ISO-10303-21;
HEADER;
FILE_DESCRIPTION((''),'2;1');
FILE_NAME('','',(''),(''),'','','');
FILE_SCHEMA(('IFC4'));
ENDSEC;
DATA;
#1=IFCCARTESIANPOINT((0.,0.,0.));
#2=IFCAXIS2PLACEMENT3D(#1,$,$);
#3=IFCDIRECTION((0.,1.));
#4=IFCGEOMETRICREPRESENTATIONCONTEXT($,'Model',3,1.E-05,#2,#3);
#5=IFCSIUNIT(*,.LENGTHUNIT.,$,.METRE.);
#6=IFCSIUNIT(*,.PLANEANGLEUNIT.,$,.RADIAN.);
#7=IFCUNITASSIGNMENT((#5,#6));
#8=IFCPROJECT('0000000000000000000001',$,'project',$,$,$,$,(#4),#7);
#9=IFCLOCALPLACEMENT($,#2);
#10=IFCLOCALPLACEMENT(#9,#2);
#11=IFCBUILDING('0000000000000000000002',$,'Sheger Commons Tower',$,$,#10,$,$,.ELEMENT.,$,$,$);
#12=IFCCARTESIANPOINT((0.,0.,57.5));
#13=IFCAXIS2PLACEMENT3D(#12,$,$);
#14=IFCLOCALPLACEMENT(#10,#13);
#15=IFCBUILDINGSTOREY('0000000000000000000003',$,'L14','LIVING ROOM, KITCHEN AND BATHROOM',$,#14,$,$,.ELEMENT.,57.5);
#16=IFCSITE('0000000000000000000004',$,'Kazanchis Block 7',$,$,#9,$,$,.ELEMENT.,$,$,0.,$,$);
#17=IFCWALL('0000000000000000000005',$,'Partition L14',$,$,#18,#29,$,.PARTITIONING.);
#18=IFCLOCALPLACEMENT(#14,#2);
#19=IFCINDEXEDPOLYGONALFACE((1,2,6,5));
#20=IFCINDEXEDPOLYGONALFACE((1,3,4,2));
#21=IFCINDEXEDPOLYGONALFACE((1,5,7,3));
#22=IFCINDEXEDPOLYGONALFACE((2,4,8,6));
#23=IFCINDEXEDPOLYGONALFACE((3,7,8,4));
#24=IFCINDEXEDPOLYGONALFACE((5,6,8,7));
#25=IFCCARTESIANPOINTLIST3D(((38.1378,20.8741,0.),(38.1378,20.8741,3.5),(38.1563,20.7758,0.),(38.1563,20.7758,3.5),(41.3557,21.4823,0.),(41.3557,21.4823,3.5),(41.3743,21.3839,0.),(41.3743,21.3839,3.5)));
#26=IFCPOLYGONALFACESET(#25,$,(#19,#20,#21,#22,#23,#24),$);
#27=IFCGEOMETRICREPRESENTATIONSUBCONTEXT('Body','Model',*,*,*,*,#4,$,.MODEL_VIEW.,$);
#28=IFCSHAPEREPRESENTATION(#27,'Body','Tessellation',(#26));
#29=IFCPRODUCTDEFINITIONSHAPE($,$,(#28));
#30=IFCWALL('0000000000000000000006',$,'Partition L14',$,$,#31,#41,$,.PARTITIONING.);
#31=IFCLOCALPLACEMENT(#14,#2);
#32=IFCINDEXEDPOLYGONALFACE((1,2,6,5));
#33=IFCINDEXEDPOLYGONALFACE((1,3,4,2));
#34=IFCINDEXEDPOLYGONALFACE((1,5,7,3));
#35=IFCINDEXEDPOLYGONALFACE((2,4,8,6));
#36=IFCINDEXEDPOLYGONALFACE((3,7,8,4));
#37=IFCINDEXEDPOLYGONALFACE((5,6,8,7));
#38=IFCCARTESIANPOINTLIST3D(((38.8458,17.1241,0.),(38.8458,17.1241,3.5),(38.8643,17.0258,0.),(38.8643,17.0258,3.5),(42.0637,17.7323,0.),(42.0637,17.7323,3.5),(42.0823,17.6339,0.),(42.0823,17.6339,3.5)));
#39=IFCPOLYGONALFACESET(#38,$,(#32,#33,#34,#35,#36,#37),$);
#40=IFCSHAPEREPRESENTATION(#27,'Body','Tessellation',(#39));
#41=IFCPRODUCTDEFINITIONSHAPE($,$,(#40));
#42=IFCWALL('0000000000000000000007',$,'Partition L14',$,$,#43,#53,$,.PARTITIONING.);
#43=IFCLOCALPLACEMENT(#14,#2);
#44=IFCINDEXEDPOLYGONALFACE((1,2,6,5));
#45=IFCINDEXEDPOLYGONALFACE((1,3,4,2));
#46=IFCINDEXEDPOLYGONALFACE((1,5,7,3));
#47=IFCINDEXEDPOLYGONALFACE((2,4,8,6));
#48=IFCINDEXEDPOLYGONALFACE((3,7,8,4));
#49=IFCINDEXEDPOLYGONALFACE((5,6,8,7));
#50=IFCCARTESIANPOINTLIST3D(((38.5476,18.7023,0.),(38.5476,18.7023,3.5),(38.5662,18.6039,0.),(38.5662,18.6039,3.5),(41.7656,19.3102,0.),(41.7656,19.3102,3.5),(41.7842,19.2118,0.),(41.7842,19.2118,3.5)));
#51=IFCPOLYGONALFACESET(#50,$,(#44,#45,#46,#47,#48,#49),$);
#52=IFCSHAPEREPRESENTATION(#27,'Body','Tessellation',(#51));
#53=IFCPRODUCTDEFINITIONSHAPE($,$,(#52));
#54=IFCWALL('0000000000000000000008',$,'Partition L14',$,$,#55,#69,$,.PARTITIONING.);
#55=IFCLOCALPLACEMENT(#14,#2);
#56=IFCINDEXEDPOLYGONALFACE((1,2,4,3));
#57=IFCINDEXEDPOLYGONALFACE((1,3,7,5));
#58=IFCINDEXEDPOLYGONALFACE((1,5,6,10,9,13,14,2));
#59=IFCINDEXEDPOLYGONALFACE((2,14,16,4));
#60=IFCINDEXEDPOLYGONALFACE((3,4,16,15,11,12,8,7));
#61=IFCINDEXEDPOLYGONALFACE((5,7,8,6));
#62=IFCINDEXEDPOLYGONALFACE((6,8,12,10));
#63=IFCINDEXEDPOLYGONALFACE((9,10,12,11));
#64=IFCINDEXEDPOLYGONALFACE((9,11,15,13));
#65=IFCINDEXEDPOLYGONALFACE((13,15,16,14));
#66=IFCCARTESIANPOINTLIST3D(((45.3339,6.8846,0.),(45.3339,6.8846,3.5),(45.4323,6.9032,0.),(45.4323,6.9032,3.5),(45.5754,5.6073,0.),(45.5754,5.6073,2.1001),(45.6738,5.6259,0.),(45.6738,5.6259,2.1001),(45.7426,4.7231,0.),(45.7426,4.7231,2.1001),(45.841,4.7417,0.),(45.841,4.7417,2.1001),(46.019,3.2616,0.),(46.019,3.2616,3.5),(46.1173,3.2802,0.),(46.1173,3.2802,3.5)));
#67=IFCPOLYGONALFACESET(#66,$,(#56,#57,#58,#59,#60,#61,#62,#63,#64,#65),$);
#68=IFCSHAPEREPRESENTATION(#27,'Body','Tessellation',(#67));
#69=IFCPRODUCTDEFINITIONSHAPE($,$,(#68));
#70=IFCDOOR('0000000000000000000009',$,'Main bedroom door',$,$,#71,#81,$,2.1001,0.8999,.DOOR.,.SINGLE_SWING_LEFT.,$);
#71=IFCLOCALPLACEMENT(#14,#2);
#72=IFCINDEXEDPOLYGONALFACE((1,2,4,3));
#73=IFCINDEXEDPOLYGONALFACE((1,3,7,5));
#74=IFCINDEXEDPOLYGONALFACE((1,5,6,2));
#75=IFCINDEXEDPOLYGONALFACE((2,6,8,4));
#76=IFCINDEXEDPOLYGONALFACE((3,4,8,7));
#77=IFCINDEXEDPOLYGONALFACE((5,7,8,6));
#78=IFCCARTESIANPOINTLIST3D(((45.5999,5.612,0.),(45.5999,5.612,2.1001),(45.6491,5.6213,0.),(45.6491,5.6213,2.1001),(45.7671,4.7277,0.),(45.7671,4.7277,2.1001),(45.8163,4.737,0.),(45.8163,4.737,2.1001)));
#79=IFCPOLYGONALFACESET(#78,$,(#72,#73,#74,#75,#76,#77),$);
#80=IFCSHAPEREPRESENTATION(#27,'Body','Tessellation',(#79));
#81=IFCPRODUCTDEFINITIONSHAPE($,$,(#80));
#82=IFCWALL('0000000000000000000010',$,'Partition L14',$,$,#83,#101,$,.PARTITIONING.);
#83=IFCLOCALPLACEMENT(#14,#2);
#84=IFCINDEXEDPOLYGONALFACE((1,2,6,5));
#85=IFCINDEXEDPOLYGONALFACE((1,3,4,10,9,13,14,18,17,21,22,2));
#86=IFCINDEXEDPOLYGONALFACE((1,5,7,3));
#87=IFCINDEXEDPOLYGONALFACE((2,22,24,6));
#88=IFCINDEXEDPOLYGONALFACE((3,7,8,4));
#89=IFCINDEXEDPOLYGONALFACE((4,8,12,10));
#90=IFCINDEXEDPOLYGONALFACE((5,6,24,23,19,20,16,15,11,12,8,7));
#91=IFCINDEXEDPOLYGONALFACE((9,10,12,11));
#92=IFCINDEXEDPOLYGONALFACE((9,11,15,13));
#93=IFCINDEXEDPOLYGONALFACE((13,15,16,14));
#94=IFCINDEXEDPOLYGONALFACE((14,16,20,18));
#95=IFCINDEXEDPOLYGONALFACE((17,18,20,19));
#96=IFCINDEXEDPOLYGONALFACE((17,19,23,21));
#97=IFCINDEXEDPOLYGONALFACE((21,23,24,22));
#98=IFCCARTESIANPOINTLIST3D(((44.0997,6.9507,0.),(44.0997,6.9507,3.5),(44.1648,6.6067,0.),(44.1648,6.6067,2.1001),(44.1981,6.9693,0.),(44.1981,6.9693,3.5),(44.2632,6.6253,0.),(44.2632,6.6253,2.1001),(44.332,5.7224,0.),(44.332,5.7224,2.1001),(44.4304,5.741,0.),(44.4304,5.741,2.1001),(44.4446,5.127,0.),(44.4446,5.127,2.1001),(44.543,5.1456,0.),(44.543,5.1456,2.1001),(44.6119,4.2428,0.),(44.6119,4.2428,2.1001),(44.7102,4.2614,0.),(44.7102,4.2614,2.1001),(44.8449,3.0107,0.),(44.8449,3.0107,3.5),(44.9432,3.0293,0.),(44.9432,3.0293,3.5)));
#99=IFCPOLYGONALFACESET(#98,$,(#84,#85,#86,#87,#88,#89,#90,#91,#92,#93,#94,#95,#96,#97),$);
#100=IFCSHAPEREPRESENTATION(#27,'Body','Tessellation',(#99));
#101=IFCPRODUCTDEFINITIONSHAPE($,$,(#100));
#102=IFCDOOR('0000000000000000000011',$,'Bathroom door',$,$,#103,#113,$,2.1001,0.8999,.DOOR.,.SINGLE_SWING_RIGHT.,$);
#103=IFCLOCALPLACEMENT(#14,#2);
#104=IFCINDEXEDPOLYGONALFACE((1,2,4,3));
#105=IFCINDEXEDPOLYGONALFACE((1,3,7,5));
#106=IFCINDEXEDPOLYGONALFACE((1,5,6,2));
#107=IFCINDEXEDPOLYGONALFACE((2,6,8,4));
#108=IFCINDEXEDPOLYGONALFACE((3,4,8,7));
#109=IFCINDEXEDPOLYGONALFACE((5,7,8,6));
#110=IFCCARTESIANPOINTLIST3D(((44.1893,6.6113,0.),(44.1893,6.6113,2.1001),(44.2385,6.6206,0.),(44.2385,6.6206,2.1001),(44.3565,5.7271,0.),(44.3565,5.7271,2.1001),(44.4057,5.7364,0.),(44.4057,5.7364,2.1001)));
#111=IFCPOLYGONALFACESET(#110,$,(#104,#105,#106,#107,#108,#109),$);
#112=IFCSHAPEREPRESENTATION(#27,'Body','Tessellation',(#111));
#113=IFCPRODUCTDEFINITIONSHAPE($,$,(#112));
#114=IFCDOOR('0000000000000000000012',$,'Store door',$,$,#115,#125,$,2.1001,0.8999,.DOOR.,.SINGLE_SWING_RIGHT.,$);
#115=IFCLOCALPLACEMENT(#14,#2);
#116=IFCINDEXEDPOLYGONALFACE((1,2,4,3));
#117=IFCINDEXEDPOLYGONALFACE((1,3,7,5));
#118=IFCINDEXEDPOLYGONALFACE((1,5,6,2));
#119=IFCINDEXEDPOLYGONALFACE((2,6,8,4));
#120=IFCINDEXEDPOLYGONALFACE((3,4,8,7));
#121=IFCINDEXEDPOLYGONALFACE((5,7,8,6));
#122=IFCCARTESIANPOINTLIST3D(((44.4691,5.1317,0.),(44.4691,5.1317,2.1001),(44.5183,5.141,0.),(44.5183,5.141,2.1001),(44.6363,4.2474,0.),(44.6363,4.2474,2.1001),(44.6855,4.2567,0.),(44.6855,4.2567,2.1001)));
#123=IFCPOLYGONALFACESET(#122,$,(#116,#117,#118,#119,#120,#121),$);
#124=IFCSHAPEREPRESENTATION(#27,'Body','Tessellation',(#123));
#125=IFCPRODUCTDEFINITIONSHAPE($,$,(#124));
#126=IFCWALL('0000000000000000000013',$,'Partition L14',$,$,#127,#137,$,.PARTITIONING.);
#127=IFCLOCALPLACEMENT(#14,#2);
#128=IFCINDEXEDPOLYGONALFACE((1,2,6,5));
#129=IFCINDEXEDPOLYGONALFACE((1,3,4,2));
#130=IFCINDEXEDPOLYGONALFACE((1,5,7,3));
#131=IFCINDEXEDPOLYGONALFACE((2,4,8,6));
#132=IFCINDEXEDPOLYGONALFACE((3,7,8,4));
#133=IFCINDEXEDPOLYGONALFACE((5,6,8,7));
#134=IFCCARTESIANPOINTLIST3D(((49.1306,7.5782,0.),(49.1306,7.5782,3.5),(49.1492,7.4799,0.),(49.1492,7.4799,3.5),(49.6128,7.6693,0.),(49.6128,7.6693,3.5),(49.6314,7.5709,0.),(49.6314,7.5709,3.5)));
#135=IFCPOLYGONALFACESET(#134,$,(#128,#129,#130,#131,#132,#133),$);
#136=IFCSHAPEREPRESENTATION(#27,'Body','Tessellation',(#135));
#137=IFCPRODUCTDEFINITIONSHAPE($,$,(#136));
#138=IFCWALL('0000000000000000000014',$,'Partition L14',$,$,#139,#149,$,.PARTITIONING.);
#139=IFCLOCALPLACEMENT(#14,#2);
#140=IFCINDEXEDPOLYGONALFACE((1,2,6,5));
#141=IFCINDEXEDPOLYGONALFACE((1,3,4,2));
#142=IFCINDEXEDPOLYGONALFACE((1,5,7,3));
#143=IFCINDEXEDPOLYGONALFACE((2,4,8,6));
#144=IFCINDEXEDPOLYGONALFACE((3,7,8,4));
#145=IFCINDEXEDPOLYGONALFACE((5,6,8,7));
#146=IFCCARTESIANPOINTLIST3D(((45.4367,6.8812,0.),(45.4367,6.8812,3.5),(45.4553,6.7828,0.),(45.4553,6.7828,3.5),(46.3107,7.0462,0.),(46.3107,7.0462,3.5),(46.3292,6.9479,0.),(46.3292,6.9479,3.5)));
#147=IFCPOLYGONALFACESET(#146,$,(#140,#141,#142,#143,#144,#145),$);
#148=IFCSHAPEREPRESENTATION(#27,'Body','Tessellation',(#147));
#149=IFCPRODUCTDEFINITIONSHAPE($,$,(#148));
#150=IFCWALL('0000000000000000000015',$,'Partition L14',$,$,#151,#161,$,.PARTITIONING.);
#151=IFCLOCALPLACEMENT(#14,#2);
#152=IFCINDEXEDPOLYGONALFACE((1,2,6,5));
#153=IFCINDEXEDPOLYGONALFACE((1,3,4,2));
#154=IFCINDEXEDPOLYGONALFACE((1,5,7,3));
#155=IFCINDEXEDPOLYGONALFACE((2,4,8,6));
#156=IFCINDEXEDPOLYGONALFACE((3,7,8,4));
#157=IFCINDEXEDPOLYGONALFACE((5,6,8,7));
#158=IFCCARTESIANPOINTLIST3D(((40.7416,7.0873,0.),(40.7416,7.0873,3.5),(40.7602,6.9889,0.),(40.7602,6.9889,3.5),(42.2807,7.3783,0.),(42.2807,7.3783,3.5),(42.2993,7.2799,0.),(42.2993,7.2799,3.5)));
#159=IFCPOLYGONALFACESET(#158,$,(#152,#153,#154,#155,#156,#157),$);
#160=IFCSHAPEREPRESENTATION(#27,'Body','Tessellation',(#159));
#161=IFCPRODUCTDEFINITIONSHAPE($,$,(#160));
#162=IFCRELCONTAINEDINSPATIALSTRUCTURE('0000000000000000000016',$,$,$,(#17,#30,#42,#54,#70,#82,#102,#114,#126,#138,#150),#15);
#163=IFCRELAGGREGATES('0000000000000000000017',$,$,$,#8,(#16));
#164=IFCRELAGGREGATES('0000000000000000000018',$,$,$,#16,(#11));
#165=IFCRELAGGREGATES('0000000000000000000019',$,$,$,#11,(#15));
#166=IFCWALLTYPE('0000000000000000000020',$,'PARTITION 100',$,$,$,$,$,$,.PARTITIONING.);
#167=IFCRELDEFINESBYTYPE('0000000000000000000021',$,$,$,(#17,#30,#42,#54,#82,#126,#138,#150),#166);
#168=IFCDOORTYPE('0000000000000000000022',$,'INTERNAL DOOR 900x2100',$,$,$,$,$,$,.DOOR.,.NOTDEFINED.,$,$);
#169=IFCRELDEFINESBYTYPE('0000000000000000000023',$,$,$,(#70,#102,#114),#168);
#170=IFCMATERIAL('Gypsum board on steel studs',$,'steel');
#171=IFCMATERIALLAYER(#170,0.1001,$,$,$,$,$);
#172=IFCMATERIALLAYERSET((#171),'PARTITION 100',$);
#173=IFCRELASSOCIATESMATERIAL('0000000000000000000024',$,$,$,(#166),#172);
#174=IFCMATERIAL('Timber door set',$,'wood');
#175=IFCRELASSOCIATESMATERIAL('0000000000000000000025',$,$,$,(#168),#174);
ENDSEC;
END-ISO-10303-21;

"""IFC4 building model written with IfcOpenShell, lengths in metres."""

from ifc_helpers import new_model, si_unit, direction, frame, frame_2d, origin, place, context, subcontext, project, spatial, rectangle, extrude, material, layer, layer_set, type_object, element, fill, save


model = new_model("IFC4")

# Units and contexts
model_context = context("Model", 3, precision=1e-05, world=origin(), true_north=direction((0.0, 1.0)))
body_context = subcontext(model_context, "Body", "Model", "MODEL_VIEW")
ifc_project = project(units=[si_unit("LENGTHUNIT", "METRE"), si_unit("PLANEANGLEUNIT", "RADIAN")], contexts=[model_context])

# Site, building, storey
site_placement = place(None, origin())
site = spatial("IfcSite", under=ifc_project, at=site_placement, Name="Kazanchis Block 7", CompositionType="ELEMENT", RefElevation=0.0)
building_placement = place(site_placement, origin())
building = spatial("IfcBuilding", under=site, at=building_placement, Name="Sheger Commons Tower", CompositionType="ELEMENT")
storey_placement = place(building_placement, frame((0.0, 0.0, 57.5)))
storey = spatial("IfcBuildingStorey", under=building, at=storey_placement, Name="L14", Description="LIVING ROOM, KITCHEN AND BATHROOM", CompositionType="ELEMENT", Elevation=57.5)

# Walls
ifc_material_1 = material(Name="Gypsum board on steel studs", Category="steel")
ifc_layer_1 = layer(ifc_material_1, 0.1001)
ifc_layer_set_1 = layer_set([ifc_layer_1], Name="PARTITION 100")
wall_type_1 = type_object("IfcWallType", Name="PARTITION 100", PredefinedType="PARTITIONING", material=ifc_layer_set_1)
for number, where, z_axis, x_axis, name in (
    (1, (41.365, 21.4331, 0.0), (0.0, 0.0, 1.0), (-0.982607, -0.185697, 0.0), "Partition L14"),
    (2, (42.073, 17.6831, 0.0), (0.0, 0.0, 1.0), (-0.982607, -0.185697, 0.0), "Partition L14"),
    (3, (41.7749, 19.261, 0.0), (0.0, 0.0, 1.0), (-0.982621, -0.185625, 0.0), "Partition L14"),
):
    element("IfcWall", number, at=place(storey_placement, frame(where, z_axis=z_axis, x_axis=x_axis)), inside=storey, type_object=wall_type_1, Name=name, PredefinedType="PARTITIONING", context=body_context, shape_type="SweptSolid", body=[
        extrude(rectangle(XDim=3.2749, YDim=0.1001, at=frame_2d((1.6375, 0.0))), origin(), (0.0, 0.0, 1.0), 3.5),
    ])

# Wall, opening, door
wall_1_placement = place(storey_placement, frame((45.3831, 6.894, 0.0), z_axis=(0.0, 0.0, 1.0), x_axis=(0.185791, -0.982589, 0.0)))
wall_1 = element("IfcWall", 4, at=wall_1_placement, inside=storey, type_object=wall_type_1, Name="Partition L14", PredefinedType="PARTITIONING", context=body_context, shape_type="SweptSolid", body=[
    extrude(rectangle(XDim=3.6873, YDim=0.1001, at=frame_2d((1.8438, 0.0))), origin(), (0.0, 0.0, 1.0), 3.5),
])
opening_1_placement = place(wall_1_placement, frame((1.3, 0.0, 0.0)))
opening_1 = element("IfcOpeningElement", 5, at=opening_1_placement, cuts=wall_1, PredefinedType="OPENING", context=body_context, shape_type="SweptSolid", body=[
    extrude(rectangle(XDim=0.8999, YDim=2.1001, at=frame_2d((0.45, 1.05))), frame((0.0, 0.0601, 0.0), z_axis=(0.0, -1.0, 0.0), x_axis=(1.0, 0.0, 0.0)), (0.0, 0.0, 1.0), 0.1201),
])
ifc_material_2 = material(Name="Timber door set", Category="wood")
door_type_1 = type_object("IfcDoorType", Name="INTERNAL DOOR 900x2100", OperationType="NOTDEFINED", PredefinedType="DOOR", material=ifc_material_2)
door_1_placement = place(opening_1_placement, origin())
door_1 = element("IfcDoor", 6, at=door_1_placement, inside=storey, type_object=door_type_1, Name="Main bedroom door", OperationType="SINGLE_SWING_LEFT", OverallHeight=2.1001, OverallWidth=0.8999, PredefinedType="DOOR", context=body_context, shape_type="SweptSolid", body=[
    extrude(rectangle(XDim=0.8999, YDim=2.1001, at=frame_2d((0.45, 1.05))), frame((0.0, 0.0249, 0.0), z_axis=(0.0, -1.0, 0.0), x_axis=(1.0, 0.0, 0.0)), (0.0, 0.0, 1.0), 0.05),
])
fill(opening_1, door_1)

# Wall, openings, doors
wall_2_placement = place(storey_placement, frame((44.1489, 6.96, 0.0), z_axis=(0.0, 0.0, 1.0), x_axis=(0.185825, -0.982583, 0.0)))
wall_2 = element("IfcWall", 7, at=wall_2_placement, inside=storey, type_object=wall_type_1, Name="Partition L14", PredefinedType="PARTITIONING", context=body_context, shape_type="SweptSolid", body=[
    extrude(rectangle(XDim=4.0098, YDim=0.1001, at=frame_2d((2.0049, 0.0))), origin(), (0.0, 0.0, 1.0), 3.5),
])
opening_2_placement = place(wall_2_placement, frame((0.3501, 0.0, 0.0)))
opening_2 = element("IfcOpeningElement", 8, at=opening_2_placement, cuts=wall_2, PredefinedType="OPENING", context=body_context, shape_type="SweptSolid", body=[
    extrude(rectangle(XDim=0.8999, YDim=2.1001, at=frame_2d((0.45, 1.05))), frame((0.0, 0.0601, 0.0), z_axis=(0.0, -1.0, 0.0), x_axis=(1.0, 0.0, 0.0)), (0.0, 0.0, 1.0), 0.1201),
])
opening_3_placement = place(wall_2_placement, frame((1.856, 0.0, 0.0)))
opening_3 = element("IfcOpeningElement", 9, at=opening_3_placement, cuts=wall_2, PredefinedType="OPENING", context=body_context, shape_type="SweptSolid", body=[
    extrude(rectangle(XDim=0.8999, YDim=2.1001, at=frame_2d((0.45, 1.05))), frame((0.0, 0.0601, 0.0), z_axis=(0.0, -1.0, 0.0), x_axis=(1.0, 0.0, 0.0)), (0.0, 0.0, 1.0), 0.1201),
])
door_2_placement = place(opening_2_placement, origin())
door_2 = element("IfcDoor", 10, at=door_2_placement, inside=storey, type_object=door_type_1, Name="Bathroom door", OperationType="SINGLE_SWING_RIGHT", OverallHeight=2.1001, OverallWidth=0.8999, PredefinedType="DOOR", context=body_context, shape_type="SweptSolid", body=[
    extrude(rectangle(XDim=0.8999, YDim=2.1001, at=frame_2d((0.45, 1.05))), frame((0.0, 0.0249, 0.0), z_axis=(0.0, -1.0, 0.0), x_axis=(1.0, 0.0, 0.0)), (0.0, 0.0, 1.0), 0.05),
])
fill(opening_2, door_2)
door_3_placement = place(opening_3_placement, origin())
door_3 = element("IfcDoor", 11, at=door_3_placement, inside=storey, type_object=door_type_1, Name="Store door", OperationType="SINGLE_SWING_RIGHT", OverallHeight=2.1001, OverallWidth=0.8999, PredefinedType="DOOR", context=body_context, shape_type="SweptSolid", body=[
    extrude(rectangle(XDim=0.8999, YDim=2.1001, at=frame_2d((0.45, 1.05))), frame((0.0, 0.0249, 0.0), z_axis=(0.0, -1.0, 0.0), x_axis=(1.0, 0.0, 0.0)), (0.0, 0.0, 1.0), 0.05),
])
fill(opening_3, door_3)

# Walls
wall_3_placement = place(storey_placement, frame((49.6221, 7.6201, 0.0), z_axis=(0.0, 0.0, 1.0), x_axis=(-0.982629, -0.18558, 0.0)))
element("IfcWall", 12, at=wall_3_placement, inside=storey, type_object=wall_type_1, Name="Partition L14", PredefinedType="PARTITIONING", context=body_context, shape_type="SweptSolid", body=[
    extrude(rectangle(XDim=0.4907, YDim=0.1001, at=frame_2d((0.2454, 0.0))), origin(), (0.0, 0.0, 1.0), 3.5),
])
wall_4_placement = place(storey_placement, frame((46.3201, 6.9971, 0.0), z_axis=(0.0, 0.0, 1.0), x_axis=(-0.982635, -0.185548, 0.0)))
element("IfcWall", 13, at=wall_4_placement, inside=storey, type_object=wall_type_1, Name="Partition L14", PredefinedType="PARTITIONING", context=body_context, shape_type="SweptSolid", body=[
    extrude(rectangle(XDim=0.8894, YDim=0.1001, at=frame_2d((0.4448, 0.0))), origin(), (0.0, 0.0, 1.0), 3.5),
])
wall_5_placement = place(storey_placement, frame((42.29, 7.3291, 0.0), z_axis=(0.0, 0.0, 1.0), x_axis=(-0.982589, -0.185794, 0.0)))
element("IfcWall", 14, at=wall_5_placement, inside=storey, type_object=wall_type_1, Name="Partition L14", PredefinedType="PARTITIONING", context=body_context, shape_type="SweptSolid", body=[
    extrude(rectangle(XDim=1.5664, YDim=0.1001, at=frame_2d((0.7832, 0.0))), origin(), (0.0, 0.0, 1.0), 3.5),
])

save(model, "model.ifc")
